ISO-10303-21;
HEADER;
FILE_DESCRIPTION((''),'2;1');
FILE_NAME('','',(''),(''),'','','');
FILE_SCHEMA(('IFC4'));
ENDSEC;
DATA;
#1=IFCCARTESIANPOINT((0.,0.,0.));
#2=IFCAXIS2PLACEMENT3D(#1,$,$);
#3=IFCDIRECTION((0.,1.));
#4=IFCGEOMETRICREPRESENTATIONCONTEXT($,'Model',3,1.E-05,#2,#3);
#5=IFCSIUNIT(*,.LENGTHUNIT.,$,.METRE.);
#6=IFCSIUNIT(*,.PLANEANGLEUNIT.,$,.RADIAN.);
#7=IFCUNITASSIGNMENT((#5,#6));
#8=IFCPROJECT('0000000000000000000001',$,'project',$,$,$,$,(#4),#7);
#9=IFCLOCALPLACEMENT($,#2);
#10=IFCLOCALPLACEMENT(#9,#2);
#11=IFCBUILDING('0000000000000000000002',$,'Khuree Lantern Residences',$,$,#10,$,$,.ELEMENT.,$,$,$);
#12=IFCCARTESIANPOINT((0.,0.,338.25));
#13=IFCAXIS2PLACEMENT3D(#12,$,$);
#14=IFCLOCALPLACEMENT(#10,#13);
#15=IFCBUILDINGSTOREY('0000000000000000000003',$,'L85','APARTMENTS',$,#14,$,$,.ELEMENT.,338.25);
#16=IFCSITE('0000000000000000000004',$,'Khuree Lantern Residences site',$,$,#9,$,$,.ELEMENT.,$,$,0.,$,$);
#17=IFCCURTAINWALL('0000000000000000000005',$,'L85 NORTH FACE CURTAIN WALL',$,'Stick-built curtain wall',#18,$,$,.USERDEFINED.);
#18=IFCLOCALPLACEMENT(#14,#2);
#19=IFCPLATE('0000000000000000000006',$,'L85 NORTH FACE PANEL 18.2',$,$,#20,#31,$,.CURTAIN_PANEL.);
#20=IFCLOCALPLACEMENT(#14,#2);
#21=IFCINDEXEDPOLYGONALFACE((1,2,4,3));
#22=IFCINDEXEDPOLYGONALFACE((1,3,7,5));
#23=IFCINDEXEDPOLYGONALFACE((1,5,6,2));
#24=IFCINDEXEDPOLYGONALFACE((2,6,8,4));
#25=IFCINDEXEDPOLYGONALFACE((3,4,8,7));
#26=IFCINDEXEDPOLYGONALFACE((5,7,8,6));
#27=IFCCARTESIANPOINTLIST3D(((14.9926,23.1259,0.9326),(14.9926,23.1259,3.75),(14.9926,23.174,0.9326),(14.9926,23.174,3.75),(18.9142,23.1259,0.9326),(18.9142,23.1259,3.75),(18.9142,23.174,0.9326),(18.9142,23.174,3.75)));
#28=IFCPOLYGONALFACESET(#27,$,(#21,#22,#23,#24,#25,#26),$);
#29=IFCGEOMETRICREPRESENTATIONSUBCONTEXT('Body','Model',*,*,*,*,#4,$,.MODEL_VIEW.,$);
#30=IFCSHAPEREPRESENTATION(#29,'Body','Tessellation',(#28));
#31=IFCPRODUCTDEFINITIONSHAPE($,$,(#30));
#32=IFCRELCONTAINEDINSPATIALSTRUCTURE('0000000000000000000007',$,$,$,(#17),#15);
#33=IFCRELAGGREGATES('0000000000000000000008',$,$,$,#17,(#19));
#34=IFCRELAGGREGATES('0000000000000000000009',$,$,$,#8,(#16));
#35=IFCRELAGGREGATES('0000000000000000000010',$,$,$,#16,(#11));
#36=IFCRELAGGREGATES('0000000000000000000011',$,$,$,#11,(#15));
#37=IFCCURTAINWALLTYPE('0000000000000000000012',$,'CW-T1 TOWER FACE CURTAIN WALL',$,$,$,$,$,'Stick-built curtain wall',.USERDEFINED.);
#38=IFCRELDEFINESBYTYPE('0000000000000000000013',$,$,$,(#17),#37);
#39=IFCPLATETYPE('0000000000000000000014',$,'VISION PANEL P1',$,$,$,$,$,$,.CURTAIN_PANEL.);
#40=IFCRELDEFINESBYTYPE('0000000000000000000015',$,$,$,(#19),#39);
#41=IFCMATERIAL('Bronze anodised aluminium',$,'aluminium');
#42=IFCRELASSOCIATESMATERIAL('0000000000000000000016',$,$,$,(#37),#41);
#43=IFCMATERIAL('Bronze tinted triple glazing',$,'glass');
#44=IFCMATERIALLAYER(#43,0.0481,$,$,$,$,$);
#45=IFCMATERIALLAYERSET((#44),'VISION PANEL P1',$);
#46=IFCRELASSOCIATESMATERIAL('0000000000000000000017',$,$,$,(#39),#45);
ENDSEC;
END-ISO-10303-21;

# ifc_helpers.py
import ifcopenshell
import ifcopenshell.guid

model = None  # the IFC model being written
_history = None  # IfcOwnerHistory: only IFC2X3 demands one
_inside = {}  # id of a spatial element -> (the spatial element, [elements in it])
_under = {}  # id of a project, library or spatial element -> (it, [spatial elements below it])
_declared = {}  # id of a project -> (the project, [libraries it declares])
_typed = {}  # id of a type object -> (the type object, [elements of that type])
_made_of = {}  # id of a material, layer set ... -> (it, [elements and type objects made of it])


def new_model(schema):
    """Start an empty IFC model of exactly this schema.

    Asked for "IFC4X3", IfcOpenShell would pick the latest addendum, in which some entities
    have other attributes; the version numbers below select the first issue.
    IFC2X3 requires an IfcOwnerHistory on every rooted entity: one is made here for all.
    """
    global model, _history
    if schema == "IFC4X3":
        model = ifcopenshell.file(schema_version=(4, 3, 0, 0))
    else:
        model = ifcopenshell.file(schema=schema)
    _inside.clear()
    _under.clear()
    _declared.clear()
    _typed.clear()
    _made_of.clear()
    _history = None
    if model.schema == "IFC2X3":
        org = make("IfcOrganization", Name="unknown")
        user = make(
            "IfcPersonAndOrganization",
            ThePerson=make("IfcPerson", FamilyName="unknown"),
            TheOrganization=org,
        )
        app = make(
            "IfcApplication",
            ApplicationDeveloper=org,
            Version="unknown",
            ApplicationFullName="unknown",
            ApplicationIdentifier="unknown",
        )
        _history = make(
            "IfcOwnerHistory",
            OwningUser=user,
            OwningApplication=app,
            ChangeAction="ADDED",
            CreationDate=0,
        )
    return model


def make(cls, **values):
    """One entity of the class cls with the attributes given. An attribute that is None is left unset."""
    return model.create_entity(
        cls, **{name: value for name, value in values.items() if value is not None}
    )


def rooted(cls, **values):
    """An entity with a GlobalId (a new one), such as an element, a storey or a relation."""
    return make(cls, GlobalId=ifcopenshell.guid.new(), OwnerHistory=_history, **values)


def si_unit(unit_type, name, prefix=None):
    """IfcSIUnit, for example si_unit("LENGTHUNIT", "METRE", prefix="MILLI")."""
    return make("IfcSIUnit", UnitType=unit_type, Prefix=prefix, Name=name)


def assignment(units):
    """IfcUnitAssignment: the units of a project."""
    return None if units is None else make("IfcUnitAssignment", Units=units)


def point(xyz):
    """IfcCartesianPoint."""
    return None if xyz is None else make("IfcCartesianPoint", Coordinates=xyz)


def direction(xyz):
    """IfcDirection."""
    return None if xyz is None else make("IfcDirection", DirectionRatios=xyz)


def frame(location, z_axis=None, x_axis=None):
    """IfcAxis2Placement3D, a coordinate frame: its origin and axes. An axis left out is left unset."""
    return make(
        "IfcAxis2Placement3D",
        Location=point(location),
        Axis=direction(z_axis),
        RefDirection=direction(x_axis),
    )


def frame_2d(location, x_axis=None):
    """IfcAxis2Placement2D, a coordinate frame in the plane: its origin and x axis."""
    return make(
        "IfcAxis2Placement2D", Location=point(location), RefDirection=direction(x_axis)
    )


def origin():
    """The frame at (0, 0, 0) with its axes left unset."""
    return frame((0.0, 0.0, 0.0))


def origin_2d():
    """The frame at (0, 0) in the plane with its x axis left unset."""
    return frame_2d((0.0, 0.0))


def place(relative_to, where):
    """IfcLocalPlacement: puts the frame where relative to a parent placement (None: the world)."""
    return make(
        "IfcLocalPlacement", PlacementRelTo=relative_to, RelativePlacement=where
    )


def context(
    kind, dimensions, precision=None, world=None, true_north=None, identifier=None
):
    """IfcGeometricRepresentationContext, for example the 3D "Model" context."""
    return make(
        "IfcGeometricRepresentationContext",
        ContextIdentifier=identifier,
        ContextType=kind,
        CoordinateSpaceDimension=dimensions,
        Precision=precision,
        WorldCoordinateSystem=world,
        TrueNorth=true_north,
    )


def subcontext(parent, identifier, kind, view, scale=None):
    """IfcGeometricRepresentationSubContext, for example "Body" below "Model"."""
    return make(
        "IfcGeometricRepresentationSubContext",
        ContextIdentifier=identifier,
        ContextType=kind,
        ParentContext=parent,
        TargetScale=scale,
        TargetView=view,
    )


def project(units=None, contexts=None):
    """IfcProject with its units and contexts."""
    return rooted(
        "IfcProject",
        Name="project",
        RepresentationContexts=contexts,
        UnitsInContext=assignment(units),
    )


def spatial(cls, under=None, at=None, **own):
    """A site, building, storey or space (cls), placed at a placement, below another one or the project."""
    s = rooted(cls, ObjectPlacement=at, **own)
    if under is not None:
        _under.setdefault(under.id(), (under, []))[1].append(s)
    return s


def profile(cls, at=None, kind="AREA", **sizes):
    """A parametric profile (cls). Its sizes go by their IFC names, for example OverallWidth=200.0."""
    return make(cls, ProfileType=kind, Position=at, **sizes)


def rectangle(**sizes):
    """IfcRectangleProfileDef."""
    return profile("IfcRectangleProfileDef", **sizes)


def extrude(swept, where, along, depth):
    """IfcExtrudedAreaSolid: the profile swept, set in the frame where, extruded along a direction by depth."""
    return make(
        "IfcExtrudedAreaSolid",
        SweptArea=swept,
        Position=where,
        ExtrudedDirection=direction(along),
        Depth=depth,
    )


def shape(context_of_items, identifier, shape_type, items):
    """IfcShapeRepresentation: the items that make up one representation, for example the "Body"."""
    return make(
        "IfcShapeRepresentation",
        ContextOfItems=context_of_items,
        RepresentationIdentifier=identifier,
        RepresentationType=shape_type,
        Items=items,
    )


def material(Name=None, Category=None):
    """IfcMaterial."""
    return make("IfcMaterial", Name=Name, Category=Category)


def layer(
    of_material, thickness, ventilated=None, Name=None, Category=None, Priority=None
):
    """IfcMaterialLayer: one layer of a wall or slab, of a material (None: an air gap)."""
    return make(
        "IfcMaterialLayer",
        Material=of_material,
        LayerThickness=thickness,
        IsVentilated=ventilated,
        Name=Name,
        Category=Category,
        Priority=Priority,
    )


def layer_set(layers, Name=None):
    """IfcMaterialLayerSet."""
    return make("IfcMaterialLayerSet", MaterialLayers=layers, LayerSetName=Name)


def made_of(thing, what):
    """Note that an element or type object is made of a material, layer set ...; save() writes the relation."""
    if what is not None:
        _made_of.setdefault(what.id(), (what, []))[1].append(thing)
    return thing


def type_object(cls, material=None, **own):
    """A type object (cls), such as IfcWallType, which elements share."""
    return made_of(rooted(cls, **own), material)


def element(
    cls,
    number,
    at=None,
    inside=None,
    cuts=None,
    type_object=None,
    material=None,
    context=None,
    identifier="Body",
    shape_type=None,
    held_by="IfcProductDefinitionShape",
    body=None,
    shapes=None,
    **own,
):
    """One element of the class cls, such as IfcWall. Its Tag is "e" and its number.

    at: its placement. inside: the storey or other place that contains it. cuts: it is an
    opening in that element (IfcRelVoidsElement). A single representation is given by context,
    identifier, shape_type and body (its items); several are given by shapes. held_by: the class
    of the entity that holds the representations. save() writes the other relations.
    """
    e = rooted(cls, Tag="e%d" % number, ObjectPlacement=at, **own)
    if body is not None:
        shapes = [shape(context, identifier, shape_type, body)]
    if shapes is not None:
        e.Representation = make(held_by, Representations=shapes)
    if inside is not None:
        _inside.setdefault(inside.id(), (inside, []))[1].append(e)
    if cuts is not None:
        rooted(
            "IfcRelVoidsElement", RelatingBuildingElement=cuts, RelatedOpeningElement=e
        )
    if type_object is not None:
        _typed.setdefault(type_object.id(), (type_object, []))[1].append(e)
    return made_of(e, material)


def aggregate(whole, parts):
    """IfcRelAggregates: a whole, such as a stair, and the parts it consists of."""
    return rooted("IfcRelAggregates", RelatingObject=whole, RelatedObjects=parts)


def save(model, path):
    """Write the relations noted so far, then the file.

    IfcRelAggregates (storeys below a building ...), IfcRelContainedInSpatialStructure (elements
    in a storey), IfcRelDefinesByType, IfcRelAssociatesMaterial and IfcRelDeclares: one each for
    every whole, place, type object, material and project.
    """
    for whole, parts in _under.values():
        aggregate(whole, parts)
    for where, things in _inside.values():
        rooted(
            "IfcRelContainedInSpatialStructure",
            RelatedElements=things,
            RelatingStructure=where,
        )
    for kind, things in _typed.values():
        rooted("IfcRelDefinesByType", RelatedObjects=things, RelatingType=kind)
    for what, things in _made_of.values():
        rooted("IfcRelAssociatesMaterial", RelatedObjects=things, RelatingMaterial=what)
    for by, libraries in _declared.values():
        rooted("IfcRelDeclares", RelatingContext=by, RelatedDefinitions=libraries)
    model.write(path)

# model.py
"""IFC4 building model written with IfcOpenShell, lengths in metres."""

from ifc_helpers import new_model, si_unit, direction, frame, origin, origin_2d, place, context, subcontext, project, spatial, rectangle, extrude, material, layer, layer_set, type_object, element, aggregate, save


model = new_model("IFC4")

# Units and contexts
model_context = context("Model", 3, precision=1e-05, world=origin(), true_north=direction((0.0, 1.0)))
body_context = subcontext(model_context, "Body", "Model", "MODEL_VIEW")
ifc_project = project(units=[si_unit("LENGTHUNIT", "METRE"), si_unit("PLANEANGLEUNIT", "RADIAN")], contexts=[model_context])

# Site, building, storey
site_placement = place(None, origin())
site = spatial("IfcSite", under=ifc_project, at=site_placement, Name="Khuree Lantern Residences site", CompositionType="ELEMENT", RefElevation=0.0)
building_placement = place(site_placement, origin())
building = spatial("IfcBuilding", under=site, at=building_placement, Name="Khuree Lantern Residences", CompositionType="ELEMENT")
storey_placement = place(building_placement, frame((0.0, 0.0, 338.25)))
storey = spatial("IfcBuildingStorey", under=building, at=storey_placement, Name="L85", Description="APARTMENTS", CompositionType="ELEMENT", Elevation=338.25)

# Curtain wall
ifc_material_1 = material(Name="Bronze anodised aluminium", Category="aluminium")
curtain_wall_type = type_object("IfcCurtainWallType", Name="CW-T1 TOWER FACE CURTAIN WALL", ElementType="Stick-built curtain wall", PredefinedType="USERDEFINED", material=ifc_material_1)
curtain_wall_placement = place(storey_placement, origin())
curtain_wall = element("IfcCurtainWall", 1, at=curtain_wall_placement, inside=storey, type_object=curtain_wall_type, Name="L85 NORTH FACE CURTAIN WALL", ObjectType="Stick-built curtain wall", PredefinedType="USERDEFINED")

# Plate
ifc_material_2 = material(Name="Bronze tinted triple glazing", Category="glass")
ifc_layer_1 = layer(ifc_material_2, 0.0481)
ifc_layer_set_1 = layer_set([ifc_layer_1], Name="VISION PANEL P1")
plate_type_1 = type_object("IfcPlateType", Name="VISION PANEL P1", PredefinedType="CURTAIN_PANEL", material=ifc_layer_set_1)
plate_1_placement = place(storey_placement, frame((16.9534, 23.1499, 0.9326), z_axis=(0.0, 0.0, 1.0), x_axis=(-1.0, 0.0, 0.0)))
plate_1 = element("IfcPlate", 2, at=plate_1_placement, type_object=plate_type_1, Name="L85 NORTH FACE PANEL 18.2", PredefinedType="CURTAIN_PANEL", context=body_context, shape_type="SweptSolid", body=[
    extrude(rectangle(XDim=3.9216, YDim=0.0481, at=origin_2d()), origin(), (0.0, 0.0, 1.0), 2.8174),
])
aggregate(curtain_wall, [plate_1])

save(model, "model.ifc")
